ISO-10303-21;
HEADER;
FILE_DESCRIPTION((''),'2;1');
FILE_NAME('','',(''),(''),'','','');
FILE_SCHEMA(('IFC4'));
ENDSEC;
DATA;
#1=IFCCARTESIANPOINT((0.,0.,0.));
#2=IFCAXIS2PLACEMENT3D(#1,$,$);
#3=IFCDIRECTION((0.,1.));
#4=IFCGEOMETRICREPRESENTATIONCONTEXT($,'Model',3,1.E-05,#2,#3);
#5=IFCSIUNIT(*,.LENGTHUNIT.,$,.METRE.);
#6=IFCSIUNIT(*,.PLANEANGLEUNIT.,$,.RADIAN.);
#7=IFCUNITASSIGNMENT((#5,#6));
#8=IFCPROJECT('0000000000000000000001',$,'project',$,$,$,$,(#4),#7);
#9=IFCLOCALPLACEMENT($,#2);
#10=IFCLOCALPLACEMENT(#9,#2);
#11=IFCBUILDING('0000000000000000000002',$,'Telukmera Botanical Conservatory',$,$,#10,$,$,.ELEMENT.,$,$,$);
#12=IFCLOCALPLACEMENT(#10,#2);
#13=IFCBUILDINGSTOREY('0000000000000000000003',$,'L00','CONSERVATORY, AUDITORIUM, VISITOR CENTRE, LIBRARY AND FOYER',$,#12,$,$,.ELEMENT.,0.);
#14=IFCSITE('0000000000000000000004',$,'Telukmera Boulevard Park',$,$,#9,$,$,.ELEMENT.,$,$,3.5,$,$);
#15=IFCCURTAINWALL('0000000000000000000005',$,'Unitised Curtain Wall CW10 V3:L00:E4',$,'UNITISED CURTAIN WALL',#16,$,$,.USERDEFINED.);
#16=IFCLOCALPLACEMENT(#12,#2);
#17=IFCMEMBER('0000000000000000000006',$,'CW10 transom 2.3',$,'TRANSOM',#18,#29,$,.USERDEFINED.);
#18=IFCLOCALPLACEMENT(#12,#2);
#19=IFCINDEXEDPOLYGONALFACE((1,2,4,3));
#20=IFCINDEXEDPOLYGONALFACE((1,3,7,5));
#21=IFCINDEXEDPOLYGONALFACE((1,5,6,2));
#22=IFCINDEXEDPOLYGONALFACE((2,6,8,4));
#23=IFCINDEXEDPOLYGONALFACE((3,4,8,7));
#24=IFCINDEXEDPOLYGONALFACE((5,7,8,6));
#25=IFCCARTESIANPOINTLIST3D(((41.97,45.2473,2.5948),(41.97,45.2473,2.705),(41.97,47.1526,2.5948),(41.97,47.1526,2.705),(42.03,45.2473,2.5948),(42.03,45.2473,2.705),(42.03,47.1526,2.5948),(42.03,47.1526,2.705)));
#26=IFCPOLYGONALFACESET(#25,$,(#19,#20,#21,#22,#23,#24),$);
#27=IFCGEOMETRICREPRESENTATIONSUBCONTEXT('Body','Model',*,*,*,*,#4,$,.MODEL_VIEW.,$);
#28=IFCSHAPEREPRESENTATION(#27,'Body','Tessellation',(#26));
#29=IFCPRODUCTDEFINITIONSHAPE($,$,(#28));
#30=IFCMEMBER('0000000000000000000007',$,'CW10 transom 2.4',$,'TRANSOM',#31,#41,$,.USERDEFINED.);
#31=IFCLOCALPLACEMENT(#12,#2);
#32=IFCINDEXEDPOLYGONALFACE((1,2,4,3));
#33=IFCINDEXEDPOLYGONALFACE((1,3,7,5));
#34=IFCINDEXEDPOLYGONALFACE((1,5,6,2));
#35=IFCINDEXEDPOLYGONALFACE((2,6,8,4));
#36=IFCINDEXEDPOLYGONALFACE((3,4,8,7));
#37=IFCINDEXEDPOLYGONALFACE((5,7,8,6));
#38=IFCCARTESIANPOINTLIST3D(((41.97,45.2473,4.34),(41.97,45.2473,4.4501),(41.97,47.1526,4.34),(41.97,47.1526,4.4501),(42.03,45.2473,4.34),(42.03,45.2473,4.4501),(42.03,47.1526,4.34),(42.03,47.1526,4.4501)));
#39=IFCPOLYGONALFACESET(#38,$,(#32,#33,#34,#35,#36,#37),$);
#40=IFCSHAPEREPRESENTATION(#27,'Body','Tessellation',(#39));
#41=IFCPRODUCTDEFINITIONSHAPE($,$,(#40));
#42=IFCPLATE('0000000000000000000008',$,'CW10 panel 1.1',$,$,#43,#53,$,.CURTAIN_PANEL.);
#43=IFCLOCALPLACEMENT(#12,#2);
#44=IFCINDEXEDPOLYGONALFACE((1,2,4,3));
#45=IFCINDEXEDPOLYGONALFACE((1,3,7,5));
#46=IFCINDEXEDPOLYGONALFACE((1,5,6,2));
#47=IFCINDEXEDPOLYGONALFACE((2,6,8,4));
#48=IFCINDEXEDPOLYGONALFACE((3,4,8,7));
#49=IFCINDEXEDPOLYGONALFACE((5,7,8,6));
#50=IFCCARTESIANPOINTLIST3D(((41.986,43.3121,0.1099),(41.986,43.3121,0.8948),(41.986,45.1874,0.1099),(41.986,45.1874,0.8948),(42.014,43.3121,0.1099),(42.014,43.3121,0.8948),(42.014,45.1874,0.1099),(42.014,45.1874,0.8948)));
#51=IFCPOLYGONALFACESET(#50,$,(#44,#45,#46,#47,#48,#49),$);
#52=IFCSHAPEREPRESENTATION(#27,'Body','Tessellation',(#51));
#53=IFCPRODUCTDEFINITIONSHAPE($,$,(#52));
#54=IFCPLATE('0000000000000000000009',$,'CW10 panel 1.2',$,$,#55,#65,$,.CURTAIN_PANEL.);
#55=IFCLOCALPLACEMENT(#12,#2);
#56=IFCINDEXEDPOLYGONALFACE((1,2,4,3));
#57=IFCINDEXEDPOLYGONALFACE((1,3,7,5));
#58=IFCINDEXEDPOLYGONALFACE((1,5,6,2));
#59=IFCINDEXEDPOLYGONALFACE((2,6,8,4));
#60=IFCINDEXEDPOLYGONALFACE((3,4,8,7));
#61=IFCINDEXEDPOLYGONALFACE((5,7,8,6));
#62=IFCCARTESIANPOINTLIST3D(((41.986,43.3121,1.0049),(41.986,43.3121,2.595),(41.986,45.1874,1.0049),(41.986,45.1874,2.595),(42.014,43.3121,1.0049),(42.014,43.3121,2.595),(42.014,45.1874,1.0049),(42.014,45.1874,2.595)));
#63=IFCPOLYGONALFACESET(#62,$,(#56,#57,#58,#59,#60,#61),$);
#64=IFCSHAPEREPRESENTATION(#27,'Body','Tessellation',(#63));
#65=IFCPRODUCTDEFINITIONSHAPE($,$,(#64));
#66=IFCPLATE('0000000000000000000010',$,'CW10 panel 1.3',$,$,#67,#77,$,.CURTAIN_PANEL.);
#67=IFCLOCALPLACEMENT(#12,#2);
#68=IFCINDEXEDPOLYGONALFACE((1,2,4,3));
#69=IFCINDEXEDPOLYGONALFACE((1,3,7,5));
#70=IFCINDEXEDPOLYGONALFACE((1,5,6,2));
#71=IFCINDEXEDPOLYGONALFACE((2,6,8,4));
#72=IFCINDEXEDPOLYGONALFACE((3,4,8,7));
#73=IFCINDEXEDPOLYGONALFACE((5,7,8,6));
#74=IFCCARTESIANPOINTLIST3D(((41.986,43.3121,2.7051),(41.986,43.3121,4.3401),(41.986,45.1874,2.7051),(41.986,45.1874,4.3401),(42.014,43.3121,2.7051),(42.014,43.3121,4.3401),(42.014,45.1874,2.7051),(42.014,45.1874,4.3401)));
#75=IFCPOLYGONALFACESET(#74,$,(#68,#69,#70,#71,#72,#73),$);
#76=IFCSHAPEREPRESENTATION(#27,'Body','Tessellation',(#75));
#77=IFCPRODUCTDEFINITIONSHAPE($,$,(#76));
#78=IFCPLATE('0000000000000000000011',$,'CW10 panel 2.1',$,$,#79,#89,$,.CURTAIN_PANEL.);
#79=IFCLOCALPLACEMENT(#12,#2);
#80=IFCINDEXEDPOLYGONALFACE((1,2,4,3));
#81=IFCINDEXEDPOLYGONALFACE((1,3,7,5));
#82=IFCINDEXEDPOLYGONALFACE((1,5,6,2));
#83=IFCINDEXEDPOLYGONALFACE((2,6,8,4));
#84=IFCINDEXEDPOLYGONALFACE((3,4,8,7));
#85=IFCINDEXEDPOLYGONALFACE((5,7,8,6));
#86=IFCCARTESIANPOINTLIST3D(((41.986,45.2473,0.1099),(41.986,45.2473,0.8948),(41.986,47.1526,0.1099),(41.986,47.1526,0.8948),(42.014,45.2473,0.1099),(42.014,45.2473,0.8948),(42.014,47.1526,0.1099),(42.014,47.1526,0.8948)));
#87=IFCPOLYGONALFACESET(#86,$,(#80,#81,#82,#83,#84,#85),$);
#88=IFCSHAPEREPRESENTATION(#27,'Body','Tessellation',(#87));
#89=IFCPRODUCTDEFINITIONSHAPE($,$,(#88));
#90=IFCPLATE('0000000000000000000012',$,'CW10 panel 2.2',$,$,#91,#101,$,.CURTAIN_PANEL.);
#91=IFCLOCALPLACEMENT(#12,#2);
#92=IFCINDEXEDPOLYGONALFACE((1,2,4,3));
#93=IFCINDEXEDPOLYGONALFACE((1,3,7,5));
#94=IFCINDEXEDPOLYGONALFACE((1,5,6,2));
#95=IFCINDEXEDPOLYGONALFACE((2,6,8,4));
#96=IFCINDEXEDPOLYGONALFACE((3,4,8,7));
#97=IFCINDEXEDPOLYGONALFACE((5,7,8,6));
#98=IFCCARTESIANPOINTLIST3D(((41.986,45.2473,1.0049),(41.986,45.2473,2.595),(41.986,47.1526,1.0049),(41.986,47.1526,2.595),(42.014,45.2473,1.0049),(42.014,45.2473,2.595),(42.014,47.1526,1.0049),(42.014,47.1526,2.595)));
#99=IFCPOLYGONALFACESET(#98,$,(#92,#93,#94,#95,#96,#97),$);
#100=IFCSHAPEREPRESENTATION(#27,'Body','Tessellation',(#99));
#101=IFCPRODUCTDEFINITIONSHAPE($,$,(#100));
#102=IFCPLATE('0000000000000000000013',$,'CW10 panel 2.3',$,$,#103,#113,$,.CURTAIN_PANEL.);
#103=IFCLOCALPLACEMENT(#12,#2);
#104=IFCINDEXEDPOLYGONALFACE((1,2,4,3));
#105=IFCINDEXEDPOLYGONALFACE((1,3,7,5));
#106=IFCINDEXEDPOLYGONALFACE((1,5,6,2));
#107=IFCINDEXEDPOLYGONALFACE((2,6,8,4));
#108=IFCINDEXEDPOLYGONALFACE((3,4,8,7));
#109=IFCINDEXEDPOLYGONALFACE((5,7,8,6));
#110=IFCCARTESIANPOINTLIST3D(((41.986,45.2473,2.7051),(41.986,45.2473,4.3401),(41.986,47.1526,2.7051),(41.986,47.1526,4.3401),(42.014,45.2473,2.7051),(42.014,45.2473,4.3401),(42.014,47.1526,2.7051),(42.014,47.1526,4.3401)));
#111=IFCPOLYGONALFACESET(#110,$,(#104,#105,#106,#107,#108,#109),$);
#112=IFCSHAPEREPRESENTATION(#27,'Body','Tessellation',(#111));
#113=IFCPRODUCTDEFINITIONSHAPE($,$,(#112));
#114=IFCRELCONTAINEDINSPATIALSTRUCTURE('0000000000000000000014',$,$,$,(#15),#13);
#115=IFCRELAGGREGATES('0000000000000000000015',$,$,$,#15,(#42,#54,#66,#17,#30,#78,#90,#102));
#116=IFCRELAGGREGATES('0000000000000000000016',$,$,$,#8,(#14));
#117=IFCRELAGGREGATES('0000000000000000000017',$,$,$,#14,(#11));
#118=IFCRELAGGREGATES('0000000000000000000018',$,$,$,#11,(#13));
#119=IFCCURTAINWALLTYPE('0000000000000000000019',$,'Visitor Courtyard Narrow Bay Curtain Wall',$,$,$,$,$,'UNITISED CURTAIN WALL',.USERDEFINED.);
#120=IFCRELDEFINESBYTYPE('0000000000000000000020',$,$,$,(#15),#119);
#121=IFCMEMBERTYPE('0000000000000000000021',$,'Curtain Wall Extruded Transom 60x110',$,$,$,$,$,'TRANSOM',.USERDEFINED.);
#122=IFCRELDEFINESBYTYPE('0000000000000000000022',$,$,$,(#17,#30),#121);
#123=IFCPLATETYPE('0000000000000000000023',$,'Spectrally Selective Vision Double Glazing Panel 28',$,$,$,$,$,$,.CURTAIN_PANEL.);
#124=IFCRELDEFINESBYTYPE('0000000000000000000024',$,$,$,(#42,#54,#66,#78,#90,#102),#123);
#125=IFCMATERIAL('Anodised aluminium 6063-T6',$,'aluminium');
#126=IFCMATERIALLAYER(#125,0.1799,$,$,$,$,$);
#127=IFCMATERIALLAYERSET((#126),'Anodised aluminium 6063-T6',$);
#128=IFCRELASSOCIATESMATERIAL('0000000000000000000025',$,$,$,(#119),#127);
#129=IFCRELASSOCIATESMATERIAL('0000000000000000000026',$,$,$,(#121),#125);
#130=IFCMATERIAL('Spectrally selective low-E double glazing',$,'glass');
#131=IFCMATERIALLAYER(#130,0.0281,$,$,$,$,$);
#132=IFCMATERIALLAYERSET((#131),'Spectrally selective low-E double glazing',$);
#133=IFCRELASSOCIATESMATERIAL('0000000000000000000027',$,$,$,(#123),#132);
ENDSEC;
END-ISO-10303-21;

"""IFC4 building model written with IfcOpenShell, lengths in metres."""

from ifc_helpers import new_model, si_unit, direction, frame, origin, origin_2d, place, context, subcontext, project, spatial, rectangle, extrude, material, layer, layer_set, material_profile, profile_set, type_object, element, aggregate, save


model = new_model("IFC4")

# Units and contexts
model_context = context("Model", 3, precision=1e-05, world=origin(), true_north=direction((0.0, 1.0)))
body_context = subcontext(model_context, "Body", "Model", "MODEL_VIEW")
ifc_project = project(units=[si_unit("LENGTHUNIT", "METRE"), si_unit("PLANEANGLEUNIT", "RADIAN")], contexts=[model_context])

# Site, building, storey
site_placement = place(None, origin())
site = spatial("IfcSite", under=ifc_project, at=site_placement, Name="Telukmera Boulevard Park", CompositionType="ELEMENT", RefElevation=3.5)
building_placement = place(site_placement, origin())
building = spatial("IfcBuilding", under=site, at=building_placement, Name="Telukmera Botanical Conservatory", CompositionType="ELEMENT")
storey_placement = place(building_placement, origin())
storey = spatial("IfcBuildingStorey", under=building, at=storey_placement, Name="L00", Description="CONSERVATORY, AUDITORIUM, VISITOR CENTRE, LIBRARY AND FOYER", CompositionType="ELEMENT", Elevation=0.0)

# Curtain wall
ifc_material_1 = material(Name="Anodised aluminium 6063-T6", Category="aluminium")
ifc_layer_1 = layer(ifc_material_1, 0.1799)
ifc_layer_set_1 = layer_set([ifc_layer_1], Name="Anodised aluminium 6063-T6")
curtain_wall_type_1 = type_object("IfcCurtainWallType", Name="Visitor Courtyard Narrow Bay Curtain Wall", ElementType="UNITISED CURTAIN WALL", PredefinedType="USERDEFINED", material=ifc_layer_set_1)
curtain_wall_1_placement = place(storey_placement, origin())
curtain_wall_1 = element("IfcCurtainWall", 1, at=curtain_wall_1_placement, inside=storey, type_object=curtain_wall_type_1, Name="Unitised Curtain Wall CW10 V3:L00:E4", ObjectType="UNITISED CURTAIN WALL", PredefinedType="USERDEFINED")

# Members
ifc_material_profile_1 = material_profile(ifc_material_1, rectangle(XDim=0.0601, YDim=0.1101, at=origin_2d()), Name="ALU TRAN 60x110")
ifc_profile_set_1 = profile_set([ifc_material_profile_1], Name="Anodised aluminium 6063-T6")
member_type_1 = type_object("IfcMemberType", Name="Curtain Wall Extruded Transom 60x110", ElementType="TRANSOM", PredefinedType="USERDEFINED", material=ifc_profile_set_1)
member_1_placement = place(storey_placement, frame((42.0, 45.2473, 2.6499), z_axis=(0.0, 1.0, 0.0), x_axis=(-1.0, 0.0, 0.0)))
member_1 = element("IfcMember", 2, at=member_1_placement, type_object=member_type_1, Name="CW10 transom 2.3", ObjectType="TRANSOM", PredefinedType="USERDEFINED", context=body_context, shape_type="SweptSolid", body=[
    extrude(rectangle(XDim=0.0601, YDim=0.1101, at=origin_2d()), origin(), (0.0, 0.0, 1.0), 1.9053),
])
member_2_placement = place(storey_placement, frame((42.0, 45.2473, 4.395), z_axis=(0.0, 1.0, 0.0), x_axis=(-1.0, 0.0, 0.0)))
member_2 = element("IfcMember", 3, at=member_2_placement, type_object=member_type_1, Name="CW10 transom 2.4", ObjectType="TRANSOM", PredefinedType="USERDEFINED", context=body_context, shape_type="SweptSolid", body=[
    extrude(rectangle(XDim=0.0601, YDim=0.1101, at=origin_2d()), origin(), (0.0, 0.0, 1.0), 1.9053),
])

# Plates
ifc_material_2 = material(Name="Spectrally selective low-E double glazing", Category="glass")
ifc_layer_2 = layer(ifc_material_2, 0.0281)
ifc_layer_set_2 = layer_set([ifc_layer_2], Name="Spectrally selective low-E double glazing")
plate_type = type_object("IfcPlateType", Name="Spectrally Selective Vision Double Glazing Panel 28", PredefinedType="CURTAIN_PANEL", material=ifc_layer_set_2)
plate_1_placement = place(storey_placement, frame((42.0, 44.2498, 0.1099), z_axis=(0.0, 0.0, 1.0), x_axis=(0.0, 1.0, 0.0)))
plate_1 = element("IfcPlate", 4, at=plate_1_placement, type_object=plate_type, Name="CW10 panel 1.1", PredefinedType="CURTAIN_PANEL", context=body_context, shape_type="SweptSolid", body=[
    extrude(rectangle(XDim=1.8752, YDim=0.0281, at=origin_2d()), origin(), (0.0, 0.0, 1.0), 0.7849),
])
plate_2_placement = place(storey_placement, frame((42.0, 44.2498, 1.0049), z_axis=(0.0, 0.0, 1.0), x_axis=(0.0, 1.0, 0.0)))
plate_2 = element("IfcPlate", 5, at=plate_2_placement, type_object=plate_type, Name="CW10 panel 1.2", PredefinedType="CURTAIN_PANEL", context=body_context, shape_type="SweptSolid", body=[
    extrude(rectangle(XDim=1.8752, YDim=0.0281, at=origin_2d()), origin(), (0.0, 0.0, 1.0), 1.5901),
])
plate_3_placement = place(storey_placement, frame((42.0, 44.2498, 2.7051), z_axis=(0.0, 0.0, 1.0), x_axis=(0.0, 1.0, 0.0)))
plate_3 = element("IfcPlate", 6, at=plate_3_placement, type_object=plate_type, Name="CW10 panel 1.3", PredefinedType="CURTAIN_PANEL", context=body_context, shape_type="SweptSolid", body=[
    extrude(rectangle(XDim=1.8752, YDim=0.0281, at=origin_2d()), origin(), (0.0, 0.0, 1.0), 1.635),
])
plate_4_placement = place(storey_placement, frame((42.0, 46.2, 0.1099), z_axis=(0.0, 0.0, 1.0), x_axis=(0.0, 1.0, 0.0)))
plate_4 = element("IfcPlate", 7, at=plate_4_placement, type_object=plate_type, Name="CW10 panel 2.1", PredefinedType="CURTAIN_PANEL", context=body_context, shape_type="SweptSolid", body=[
    extrude(rectangle(XDim=1.9053, YDim=0.0281, at=origin_2d()), origin(), (0.0, 0.0, 1.0), 0.7849),
])
plate_5_placement = place(storey_placement, frame((42.0, 46.2, 1.0049), z_axis=(0.0, 0.0, 1.0), x_axis=(0.0, 1.0, 0.0)))
plate_5 = element("IfcPlate", 8, at=plate_5_placement, type_object=plate_type, Name="CW10 panel 2.2", PredefinedType="CURTAIN_PANEL", context=body_context, shape_type="SweptSolid", body=[
    extrude(rectangle(XDim=1.9053, YDim=0.0281, at=origin_2d()), origin(), (0.0, 0.0, 1.0), 1.5901),
])
plate_6_placement = place(storey_placement, frame((42.0, 46.2, 2.7051), z_axis=(0.0, 0.0, 1.0), x_axis=(0.0, 1.0, 0.0)))
plate_6 = element("IfcPlate", 9, at=plate_6_placement, type_object=plate_type, Name="CW10 panel 2.3", PredefinedType="CURTAIN_PANEL", context=body_context, shape_type="SweptSolid", body=[
    extrude(rectangle(XDim=1.9053, YDim=0.0281, at=origin_2d()), origin(), (0.0, 0.0, 1.0), 1.635),
])
aggregate(curtain_wall_1, [plate_1, plate_2, plate_3, member_1, member_2, plate_4, plate_5, plate_6])

save(model, "model.ifc")
